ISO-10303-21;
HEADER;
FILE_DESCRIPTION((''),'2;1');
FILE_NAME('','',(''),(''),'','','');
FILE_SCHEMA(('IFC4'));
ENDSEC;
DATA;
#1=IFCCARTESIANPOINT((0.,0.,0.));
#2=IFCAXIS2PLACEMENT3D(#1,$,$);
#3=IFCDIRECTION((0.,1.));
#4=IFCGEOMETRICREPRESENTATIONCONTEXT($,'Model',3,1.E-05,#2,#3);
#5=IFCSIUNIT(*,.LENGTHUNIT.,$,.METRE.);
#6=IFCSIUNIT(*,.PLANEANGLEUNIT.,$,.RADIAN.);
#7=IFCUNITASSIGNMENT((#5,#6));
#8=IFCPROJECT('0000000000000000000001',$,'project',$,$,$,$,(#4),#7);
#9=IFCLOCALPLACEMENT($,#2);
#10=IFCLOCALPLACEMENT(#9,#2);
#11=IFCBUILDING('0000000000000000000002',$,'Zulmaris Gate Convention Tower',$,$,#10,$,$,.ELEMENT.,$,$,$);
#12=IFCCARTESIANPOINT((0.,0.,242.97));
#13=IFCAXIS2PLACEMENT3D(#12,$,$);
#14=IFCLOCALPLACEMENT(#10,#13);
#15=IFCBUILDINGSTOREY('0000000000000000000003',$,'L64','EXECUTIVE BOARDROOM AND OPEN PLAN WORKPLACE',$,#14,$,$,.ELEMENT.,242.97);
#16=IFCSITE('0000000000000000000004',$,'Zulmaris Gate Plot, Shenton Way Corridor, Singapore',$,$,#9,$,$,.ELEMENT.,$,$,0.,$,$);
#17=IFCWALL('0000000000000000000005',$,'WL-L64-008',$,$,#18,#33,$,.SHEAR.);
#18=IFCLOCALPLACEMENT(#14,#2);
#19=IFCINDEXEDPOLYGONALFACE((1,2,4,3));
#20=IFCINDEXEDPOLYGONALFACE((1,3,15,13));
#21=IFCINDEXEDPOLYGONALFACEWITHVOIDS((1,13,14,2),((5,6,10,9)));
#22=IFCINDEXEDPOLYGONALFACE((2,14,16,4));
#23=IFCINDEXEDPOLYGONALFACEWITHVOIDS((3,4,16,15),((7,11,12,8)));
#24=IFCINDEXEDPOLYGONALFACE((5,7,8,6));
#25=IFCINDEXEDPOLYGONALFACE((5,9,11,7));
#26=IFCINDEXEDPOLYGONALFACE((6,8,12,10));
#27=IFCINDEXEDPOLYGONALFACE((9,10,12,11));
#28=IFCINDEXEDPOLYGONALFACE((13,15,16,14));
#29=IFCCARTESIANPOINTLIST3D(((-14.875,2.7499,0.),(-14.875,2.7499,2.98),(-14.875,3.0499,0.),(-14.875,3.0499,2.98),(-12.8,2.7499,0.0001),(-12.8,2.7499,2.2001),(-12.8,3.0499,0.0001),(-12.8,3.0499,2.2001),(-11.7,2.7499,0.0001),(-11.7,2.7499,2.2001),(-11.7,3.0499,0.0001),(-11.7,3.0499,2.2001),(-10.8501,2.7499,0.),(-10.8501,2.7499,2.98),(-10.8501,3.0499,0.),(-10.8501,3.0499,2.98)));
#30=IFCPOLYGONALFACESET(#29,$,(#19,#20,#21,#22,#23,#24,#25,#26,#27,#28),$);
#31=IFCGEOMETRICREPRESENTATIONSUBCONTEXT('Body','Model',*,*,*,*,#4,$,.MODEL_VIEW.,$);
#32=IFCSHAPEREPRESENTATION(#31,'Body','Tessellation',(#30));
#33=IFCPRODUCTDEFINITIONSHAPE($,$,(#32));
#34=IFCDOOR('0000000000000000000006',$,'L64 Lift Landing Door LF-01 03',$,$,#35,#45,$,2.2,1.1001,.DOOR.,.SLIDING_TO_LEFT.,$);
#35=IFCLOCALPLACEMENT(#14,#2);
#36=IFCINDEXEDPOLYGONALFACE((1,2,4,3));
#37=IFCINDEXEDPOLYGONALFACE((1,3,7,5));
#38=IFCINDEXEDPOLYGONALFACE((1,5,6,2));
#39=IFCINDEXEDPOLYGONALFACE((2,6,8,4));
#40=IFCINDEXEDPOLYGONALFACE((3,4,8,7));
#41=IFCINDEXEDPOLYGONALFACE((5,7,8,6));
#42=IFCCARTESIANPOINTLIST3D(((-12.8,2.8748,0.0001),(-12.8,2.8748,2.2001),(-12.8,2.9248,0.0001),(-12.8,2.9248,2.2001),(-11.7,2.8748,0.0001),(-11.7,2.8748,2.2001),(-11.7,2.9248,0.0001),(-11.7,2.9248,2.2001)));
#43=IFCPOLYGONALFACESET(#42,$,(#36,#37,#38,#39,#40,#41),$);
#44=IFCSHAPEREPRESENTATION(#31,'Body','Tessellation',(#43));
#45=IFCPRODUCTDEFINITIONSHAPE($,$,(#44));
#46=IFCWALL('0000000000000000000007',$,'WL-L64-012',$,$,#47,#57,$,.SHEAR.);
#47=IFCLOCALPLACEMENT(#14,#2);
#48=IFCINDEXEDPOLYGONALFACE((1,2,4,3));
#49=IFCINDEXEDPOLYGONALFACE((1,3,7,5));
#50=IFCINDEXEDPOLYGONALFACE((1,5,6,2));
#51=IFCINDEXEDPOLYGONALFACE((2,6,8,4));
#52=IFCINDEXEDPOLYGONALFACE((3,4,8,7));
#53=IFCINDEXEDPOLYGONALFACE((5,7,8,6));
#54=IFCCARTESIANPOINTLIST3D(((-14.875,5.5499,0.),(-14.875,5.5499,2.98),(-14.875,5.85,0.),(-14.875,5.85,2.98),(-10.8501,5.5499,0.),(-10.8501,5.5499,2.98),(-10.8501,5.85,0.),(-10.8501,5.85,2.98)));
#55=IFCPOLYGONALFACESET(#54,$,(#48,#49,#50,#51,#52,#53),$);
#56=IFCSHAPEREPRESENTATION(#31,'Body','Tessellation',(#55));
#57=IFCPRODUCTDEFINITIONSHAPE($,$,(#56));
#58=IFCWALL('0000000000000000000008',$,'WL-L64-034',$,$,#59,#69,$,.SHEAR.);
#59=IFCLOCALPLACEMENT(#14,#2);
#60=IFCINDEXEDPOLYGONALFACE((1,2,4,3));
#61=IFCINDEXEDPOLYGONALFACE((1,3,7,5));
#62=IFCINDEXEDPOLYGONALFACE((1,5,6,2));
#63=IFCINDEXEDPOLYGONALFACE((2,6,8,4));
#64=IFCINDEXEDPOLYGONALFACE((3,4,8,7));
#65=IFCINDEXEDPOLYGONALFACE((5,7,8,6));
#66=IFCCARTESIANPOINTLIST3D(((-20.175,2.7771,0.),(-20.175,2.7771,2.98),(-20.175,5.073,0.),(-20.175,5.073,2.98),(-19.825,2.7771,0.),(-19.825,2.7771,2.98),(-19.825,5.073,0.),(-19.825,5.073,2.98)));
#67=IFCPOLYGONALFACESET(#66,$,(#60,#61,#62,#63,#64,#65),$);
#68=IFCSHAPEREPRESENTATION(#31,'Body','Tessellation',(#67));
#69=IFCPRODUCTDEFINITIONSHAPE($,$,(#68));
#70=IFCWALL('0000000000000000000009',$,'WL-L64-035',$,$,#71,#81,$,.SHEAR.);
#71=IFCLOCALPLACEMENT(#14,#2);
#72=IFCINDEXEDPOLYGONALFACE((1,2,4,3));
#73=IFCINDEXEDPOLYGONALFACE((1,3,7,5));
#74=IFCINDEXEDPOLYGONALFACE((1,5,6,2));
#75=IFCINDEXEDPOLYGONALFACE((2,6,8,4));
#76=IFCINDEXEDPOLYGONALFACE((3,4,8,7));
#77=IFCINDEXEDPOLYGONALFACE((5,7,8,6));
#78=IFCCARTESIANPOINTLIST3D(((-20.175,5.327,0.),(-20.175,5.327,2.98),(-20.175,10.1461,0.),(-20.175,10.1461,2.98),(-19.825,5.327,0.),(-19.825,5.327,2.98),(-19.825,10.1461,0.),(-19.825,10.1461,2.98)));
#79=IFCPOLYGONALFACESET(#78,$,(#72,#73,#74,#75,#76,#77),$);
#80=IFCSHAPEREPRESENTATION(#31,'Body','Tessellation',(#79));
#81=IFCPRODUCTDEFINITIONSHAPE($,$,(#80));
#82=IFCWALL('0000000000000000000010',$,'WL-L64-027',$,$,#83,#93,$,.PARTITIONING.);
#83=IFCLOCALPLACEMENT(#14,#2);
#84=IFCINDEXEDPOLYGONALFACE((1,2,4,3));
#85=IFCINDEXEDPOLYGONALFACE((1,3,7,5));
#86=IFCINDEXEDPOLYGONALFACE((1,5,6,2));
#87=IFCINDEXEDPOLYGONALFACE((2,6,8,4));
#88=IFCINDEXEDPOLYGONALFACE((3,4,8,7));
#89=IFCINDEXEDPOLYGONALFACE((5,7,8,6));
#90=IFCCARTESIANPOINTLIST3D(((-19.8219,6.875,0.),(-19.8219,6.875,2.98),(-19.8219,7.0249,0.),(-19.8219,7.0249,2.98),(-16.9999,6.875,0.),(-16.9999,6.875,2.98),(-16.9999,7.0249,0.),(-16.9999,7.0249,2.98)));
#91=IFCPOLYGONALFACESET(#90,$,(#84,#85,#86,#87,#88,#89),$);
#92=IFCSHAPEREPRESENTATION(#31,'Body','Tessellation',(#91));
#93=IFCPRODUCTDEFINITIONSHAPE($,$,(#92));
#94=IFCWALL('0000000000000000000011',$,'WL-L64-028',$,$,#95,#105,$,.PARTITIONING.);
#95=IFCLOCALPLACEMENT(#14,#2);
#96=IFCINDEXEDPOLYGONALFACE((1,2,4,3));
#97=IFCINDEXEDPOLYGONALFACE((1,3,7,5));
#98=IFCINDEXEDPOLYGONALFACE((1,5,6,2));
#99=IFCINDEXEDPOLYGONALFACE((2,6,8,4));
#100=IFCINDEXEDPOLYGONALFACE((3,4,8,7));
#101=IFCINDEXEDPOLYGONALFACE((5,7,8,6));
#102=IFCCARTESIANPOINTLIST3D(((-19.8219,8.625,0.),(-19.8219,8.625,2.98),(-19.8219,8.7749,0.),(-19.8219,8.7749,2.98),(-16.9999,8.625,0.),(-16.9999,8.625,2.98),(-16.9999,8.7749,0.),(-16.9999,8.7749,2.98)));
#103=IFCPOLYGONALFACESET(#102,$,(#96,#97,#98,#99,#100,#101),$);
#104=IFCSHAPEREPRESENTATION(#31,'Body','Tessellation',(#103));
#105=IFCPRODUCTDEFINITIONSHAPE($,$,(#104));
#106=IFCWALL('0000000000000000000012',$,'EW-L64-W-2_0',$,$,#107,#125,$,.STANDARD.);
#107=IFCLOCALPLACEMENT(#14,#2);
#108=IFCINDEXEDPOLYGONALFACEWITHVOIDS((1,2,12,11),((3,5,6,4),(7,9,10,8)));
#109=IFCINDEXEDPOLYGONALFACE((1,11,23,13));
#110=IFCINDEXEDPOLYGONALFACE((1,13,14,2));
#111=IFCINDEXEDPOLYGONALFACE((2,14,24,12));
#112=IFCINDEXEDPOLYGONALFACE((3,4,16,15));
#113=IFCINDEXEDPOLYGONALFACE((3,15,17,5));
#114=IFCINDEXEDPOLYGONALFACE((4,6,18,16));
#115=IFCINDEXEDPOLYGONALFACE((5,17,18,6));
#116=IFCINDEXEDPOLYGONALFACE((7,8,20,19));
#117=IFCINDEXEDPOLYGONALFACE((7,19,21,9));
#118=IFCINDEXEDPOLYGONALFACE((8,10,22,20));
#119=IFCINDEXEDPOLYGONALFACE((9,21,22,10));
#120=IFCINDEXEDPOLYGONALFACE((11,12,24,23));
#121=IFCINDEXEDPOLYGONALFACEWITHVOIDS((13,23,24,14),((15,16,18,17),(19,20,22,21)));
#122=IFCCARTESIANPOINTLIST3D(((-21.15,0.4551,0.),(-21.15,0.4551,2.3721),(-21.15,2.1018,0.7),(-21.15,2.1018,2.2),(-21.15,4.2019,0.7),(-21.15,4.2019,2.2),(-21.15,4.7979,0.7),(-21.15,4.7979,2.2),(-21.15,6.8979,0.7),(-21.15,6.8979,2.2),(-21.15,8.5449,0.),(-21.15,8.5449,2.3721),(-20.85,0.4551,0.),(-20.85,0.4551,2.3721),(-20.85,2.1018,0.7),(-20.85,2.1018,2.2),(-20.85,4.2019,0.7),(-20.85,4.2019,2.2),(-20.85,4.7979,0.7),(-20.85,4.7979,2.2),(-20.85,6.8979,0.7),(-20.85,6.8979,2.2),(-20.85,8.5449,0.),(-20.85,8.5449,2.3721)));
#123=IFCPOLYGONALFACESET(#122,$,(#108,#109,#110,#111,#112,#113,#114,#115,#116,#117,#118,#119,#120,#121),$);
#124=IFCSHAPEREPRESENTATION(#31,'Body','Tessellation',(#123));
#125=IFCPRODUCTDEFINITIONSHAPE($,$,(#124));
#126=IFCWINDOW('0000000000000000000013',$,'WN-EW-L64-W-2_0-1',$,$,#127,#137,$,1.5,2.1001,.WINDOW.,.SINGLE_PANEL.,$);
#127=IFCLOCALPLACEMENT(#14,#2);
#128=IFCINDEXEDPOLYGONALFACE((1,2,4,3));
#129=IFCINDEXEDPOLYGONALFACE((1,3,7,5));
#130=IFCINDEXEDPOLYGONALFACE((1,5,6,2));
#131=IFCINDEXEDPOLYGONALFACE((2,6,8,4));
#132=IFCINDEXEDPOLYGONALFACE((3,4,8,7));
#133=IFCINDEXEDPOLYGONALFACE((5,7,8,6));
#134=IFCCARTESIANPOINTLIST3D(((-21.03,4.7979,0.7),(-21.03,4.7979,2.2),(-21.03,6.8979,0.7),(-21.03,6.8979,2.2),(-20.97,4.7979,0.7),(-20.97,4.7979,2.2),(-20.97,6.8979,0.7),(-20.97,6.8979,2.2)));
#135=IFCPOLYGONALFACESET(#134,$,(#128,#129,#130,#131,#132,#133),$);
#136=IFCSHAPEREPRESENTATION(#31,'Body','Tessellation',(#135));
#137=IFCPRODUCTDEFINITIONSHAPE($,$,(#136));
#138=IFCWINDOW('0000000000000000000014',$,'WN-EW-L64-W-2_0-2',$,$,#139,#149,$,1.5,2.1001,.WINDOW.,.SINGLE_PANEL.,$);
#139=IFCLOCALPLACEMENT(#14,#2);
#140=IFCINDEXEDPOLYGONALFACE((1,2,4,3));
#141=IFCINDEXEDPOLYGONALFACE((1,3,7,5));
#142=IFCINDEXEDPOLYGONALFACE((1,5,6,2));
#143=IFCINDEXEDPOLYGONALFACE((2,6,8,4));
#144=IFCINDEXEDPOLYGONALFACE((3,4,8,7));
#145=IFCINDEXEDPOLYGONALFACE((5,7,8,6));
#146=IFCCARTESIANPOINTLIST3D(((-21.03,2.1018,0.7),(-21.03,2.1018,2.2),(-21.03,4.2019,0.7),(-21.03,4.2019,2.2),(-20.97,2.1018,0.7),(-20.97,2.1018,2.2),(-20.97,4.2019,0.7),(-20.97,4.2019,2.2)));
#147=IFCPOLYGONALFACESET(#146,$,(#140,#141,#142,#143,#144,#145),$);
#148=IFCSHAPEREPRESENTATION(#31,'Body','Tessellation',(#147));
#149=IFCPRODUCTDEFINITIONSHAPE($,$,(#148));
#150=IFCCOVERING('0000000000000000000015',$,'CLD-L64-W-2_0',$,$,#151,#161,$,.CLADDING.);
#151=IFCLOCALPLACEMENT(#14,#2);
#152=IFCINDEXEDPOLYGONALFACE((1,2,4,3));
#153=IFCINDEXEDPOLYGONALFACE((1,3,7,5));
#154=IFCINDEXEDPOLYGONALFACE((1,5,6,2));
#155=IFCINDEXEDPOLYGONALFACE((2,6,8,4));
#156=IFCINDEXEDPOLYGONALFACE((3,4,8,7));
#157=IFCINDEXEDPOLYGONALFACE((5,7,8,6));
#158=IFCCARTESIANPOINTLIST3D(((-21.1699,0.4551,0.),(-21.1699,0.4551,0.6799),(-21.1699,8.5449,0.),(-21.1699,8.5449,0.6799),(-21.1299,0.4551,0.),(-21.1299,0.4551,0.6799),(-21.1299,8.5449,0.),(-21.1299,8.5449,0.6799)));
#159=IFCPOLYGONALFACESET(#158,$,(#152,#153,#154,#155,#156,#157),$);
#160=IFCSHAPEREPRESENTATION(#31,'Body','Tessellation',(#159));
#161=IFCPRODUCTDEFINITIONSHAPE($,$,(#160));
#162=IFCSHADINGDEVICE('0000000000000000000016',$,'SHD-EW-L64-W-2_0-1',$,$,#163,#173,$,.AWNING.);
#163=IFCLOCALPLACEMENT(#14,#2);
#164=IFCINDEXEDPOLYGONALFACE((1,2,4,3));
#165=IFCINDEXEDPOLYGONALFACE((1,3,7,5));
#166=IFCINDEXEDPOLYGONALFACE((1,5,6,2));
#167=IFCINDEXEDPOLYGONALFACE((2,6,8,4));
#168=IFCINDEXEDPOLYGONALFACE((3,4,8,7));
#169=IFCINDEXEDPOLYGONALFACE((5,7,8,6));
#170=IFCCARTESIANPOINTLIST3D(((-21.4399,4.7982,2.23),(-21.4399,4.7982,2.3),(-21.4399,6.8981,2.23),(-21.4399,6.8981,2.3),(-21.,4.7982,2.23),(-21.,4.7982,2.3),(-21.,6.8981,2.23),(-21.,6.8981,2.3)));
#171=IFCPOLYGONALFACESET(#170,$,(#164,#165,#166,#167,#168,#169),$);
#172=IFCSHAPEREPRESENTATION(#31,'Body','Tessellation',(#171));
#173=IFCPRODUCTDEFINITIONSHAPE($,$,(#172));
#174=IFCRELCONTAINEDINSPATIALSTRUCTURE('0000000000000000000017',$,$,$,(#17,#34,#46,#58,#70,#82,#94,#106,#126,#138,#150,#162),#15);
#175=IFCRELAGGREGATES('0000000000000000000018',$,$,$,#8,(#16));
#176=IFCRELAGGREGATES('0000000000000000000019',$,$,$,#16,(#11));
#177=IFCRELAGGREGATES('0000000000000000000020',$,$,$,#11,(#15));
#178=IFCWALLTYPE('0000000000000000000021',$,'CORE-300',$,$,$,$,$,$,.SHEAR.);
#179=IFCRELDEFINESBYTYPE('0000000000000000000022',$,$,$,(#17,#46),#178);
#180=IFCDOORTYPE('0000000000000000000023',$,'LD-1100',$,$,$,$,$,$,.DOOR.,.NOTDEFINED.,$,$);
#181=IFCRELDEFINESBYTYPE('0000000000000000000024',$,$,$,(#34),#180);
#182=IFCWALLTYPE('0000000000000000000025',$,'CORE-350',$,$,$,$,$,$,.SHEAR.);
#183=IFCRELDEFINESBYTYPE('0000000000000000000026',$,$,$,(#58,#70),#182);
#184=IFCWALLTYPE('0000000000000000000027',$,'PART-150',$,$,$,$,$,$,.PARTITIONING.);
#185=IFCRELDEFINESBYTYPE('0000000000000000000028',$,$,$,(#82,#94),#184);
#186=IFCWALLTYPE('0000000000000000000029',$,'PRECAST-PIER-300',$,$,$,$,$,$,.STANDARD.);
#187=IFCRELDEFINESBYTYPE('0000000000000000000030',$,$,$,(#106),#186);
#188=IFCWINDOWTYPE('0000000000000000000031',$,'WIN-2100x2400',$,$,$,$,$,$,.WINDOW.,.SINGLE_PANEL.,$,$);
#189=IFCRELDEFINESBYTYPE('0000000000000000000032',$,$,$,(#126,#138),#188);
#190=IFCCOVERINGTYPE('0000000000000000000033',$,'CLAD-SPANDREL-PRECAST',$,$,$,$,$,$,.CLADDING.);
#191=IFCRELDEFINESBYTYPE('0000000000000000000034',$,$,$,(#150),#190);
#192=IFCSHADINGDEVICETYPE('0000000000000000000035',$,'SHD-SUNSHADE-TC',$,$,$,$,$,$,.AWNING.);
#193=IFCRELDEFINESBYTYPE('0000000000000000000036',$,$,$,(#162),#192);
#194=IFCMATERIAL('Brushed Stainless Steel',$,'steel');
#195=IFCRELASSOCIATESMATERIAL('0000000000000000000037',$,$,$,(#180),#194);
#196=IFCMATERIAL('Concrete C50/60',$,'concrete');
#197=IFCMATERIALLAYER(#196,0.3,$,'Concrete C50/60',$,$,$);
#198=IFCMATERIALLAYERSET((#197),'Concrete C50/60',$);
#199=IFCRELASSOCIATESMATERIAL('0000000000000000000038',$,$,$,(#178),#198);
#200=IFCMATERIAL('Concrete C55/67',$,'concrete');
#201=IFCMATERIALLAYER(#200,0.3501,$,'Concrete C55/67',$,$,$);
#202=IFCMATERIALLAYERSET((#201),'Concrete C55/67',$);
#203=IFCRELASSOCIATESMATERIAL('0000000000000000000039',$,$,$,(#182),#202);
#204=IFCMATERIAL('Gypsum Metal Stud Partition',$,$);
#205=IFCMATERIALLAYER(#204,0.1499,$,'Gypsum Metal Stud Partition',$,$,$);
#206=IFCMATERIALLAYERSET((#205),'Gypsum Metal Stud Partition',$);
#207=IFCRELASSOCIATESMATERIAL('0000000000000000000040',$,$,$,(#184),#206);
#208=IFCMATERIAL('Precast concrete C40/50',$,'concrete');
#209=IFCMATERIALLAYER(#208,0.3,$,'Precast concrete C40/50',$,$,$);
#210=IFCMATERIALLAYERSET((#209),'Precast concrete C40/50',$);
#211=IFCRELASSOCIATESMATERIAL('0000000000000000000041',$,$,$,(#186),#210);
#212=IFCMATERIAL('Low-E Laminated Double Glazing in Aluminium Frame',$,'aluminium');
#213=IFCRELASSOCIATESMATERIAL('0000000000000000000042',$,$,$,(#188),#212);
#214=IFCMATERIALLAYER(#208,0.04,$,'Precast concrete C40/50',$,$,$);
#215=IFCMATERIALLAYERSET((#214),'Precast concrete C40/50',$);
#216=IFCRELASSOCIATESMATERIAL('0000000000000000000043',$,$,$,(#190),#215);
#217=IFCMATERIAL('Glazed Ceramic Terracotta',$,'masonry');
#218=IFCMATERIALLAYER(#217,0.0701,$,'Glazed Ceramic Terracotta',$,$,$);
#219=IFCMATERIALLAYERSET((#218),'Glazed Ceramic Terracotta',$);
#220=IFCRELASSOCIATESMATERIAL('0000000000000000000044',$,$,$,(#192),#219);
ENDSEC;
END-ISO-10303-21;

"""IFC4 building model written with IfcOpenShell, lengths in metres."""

from ifc_helpers import new_model, si_unit, direction, frame, frame_2d, origin, place, context, subcontext, project, spatial, rectangle, extrude, material, layer, layer_set, type_object, element, fill, save


model = new_model("IFC4")

# Units and contexts
model_context = context("Model", 3, precision=1e-05, world=origin(), true_north=direction((0.0, 1.0)))
body_context = subcontext(model_context, "Body", "Model", "MODEL_VIEW")
ifc_project = project(units=[si_unit("LENGTHUNIT", "METRE"), si_unit("PLANEANGLEUNIT", "RADIAN")], contexts=[model_context])

# Site, building, storey
site_placement = place(None, origin())
site = spatial("IfcSite", under=ifc_project, at=site_placement, Name="Zulmaris Gate Plot, Shenton Way Corridor, Singapore", CompositionType="ELEMENT", RefElevation=0.0)
building_placement = place(site_placement, origin())
building = spatial("IfcBuilding", under=site, at=building_placement, Name="Zulmaris Gate Convention Tower", CompositionType="ELEMENT")
storey_placement = place(building_placement, frame((0.0, 0.0, 242.97)))
storey = spatial("IfcBuildingStorey", under=building, at=storey_placement, Name="L64", Description="EXECUTIVE BOARDROOM AND OPEN PLAN WORKPLACE", CompositionType="ELEMENT", Elevation=242.97)

# Shared definitions
ifc_material_1 = material(Name="Concrete C50/60", Category="concrete")

# Wall, opening, door
ifc_material_2 = material(Name="Brushed Stainless Steel", Category="steel")
door_type_1 = type_object("IfcDoorType", Name="LD-1100", OperationType="NOTDEFINED", PredefinedType="DOOR", material=ifc_material_2)
ifc_layer_1 = layer(ifc_material_1, 0.3, Name="Concrete C50/60")
ifc_layer_set_1 = layer_set([ifc_layer_1], Name="Concrete C50/60")
wall_type_1 = type_object("IfcWallType", Name="CORE-300", PredefinedType="SHEAR", material=ifc_layer_set_1)
wall_1_placement = place(storey_placement, frame((-14.875, 2.8999, 0.0), z_axis=(0.0, 0.0, 1.0), x_axis=(1.0, 0.0, 0.0)))
wall_1 = element("IfcWall", 1, at=wall_1_placement, inside=storey, type_object=wall_type_1, Name="WL-L64-008", PredefinedType="SHEAR", context=body_context, shape_type="SweptSolid", body=[
    extrude(rectangle(XDim=4.0249, YDim=0.3, at=frame_2d((2.0125, 0.0))), origin(), (0.0, 0.0, 1.0), 2.98),
])
opening_1_placement = place(wall_1_placement, frame((2.075, 0.0, 0.0)))
opening_1 = element("IfcOpeningElement", 2, at=opening_1_placement, cuts=wall_1, PredefinedType="OPENING", context=body_context, shape_type="SweptSolid", body=[
    extrude(rectangle(XDim=1.1001, YDim=2.2, at=frame_2d((0.55, 1.1001))), frame((0.0, 0.1602, 0.0), z_axis=(0.0, -1.0, 0.0), x_axis=(1.0, 0.0, 0.0)), (0.0, 0.0, 1.0), 0.3201),
])
door_1_placement = place(opening_1_placement, origin())
door_1 = element("IfcDoor", 3, at=door_1_placement, inside=storey, type_object=door_type_1, Name="L64 Lift Landing Door LF-01 03", OperationType="SLIDING_TO_LEFT", OverallHeight=2.2, OverallWidth=1.1001, PredefinedType="DOOR", context=body_context, shape_type="SweptSolid", body=[
    extrude(rectangle(XDim=1.1001, YDim=2.2, at=frame_2d((0.55, 1.1001))), frame((0.0, 0.0249, 0.0), z_axis=(0.0, -1.0, 0.0), x_axis=(1.0, 0.0, 0.0)), (0.0, 0.0, 1.0), 0.05),
])
fill(opening_1, door_1)

# Walls
wall_2_placement = place(storey_placement, frame((-14.875, 5.7, 0.0), z_axis=(0.0, 0.0, 1.0), x_axis=(1.0, 0.0, 0.0)))
element("IfcWall", 4, at=wall_2_placement, inside=storey, type_object=wall_type_1, Name="WL-L64-012", PredefinedType="SHEAR", context=body_context, shape_type="SweptSolid", body=[
    extrude(rectangle(XDim=4.0249, YDim=0.3, at=frame_2d((2.0125, 0.0))), origin(), (0.0, 0.0, 1.0), 2.98),
])
ifc_material_3 = material(Name="Concrete C55/67", Category="concrete")
ifc_layer_2 = layer(ifc_material_3, 0.3501, Name="Concrete C55/67")
ifc_layer_set_2 = layer_set([ifc_layer_2], Name="Concrete C55/67")
wall_type_2 = type_object("IfcWallType", Name="CORE-350", PredefinedType="SHEAR", material=ifc_layer_set_2)
wall_3_placement = place(storey_placement, frame((-20.0, 2.7771, 0.0), z_axis=(0.0, 0.0, 1.0), x_axis=(0.0, 1.0, 0.0)))
element("IfcWall", 5, at=wall_3_placement, inside=storey, type_object=wall_type_2, Name="WL-L64-034", PredefinedType="SHEAR", context=body_context, shape_type="SweptSolid", body=[
    extrude(rectangle(XDim=2.2959, YDim=0.3501, at=frame_2d((1.1479, 0.0))), origin(), (0.0, 0.0, 1.0), 2.98),
])
wall_4_placement = place(storey_placement, frame((-20.0, 5.3269, 0.0), z_axis=(0.0, 0.0, 1.0), x_axis=(0.0, 1.0, 0.0)))
element("IfcWall", 6, at=wall_4_placement, inside=storey, type_object=wall_type_2, Name="WL-L64-035", PredefinedType="SHEAR", context=body_context, shape_type="SweptSolid", body=[
    extrude(rectangle(XDim=4.8191, YDim=0.3501, at=frame_2d((2.4097, 0.0))), origin(), (0.0, 0.0, 1.0), 2.98),
])
ifc_material_4 = material(Name="Gypsum Metal Stud Partition")
ifc_layer_3 = layer(ifc_material_4, 0.1499, Name="Gypsum Metal Stud Partition")
ifc_layer_set_3 = layer_set([ifc_layer_3], Name="Gypsum Metal Stud Partition")
wall_type_3 = type_object("IfcWallType", Name="PART-150", PredefinedType="PARTITIONING", material=ifc_layer_set_3)
for number, where, z_axis, x_axis, name in (
    (7, (-19.822, 6.95, 0.0), (0.0, 0.0, 1.0), (1.0, 0.0, 0.0), "WL-L64-027"),
    (8, (-19.822, 8.7, 0.0), (0.0, 0.0, 1.0), (1.0, 0.0, 0.0), "WL-L64-028"),
):
    element("IfcWall", number, at=place(storey_placement, frame(where, z_axis=z_axis, x_axis=x_axis)), inside=storey, type_object=wall_type_3, Name=name, PredefinedType="PARTITIONING", context=body_context, shape_type="SweptSolid", body=[
        extrude(rectangle(XDim=2.822, YDim=0.1499, at=frame_2d((1.4111, 0.0))), origin(), (0.0, 0.0, 1.0), 2.98),
    ])

# Wall, openings, windows
ifc_material_5 = material(Name="Precast concrete C40/50", Category="concrete")
ifc_layer_4 = layer(ifc_material_5, 0.3, Name="Precast concrete C40/50")
ifc_layer_set_4 = layer_set([ifc_layer_4], Name="Precast concrete C40/50")
wall_type_4 = type_object("IfcWallType", Name="PRECAST-PIER-300", PredefinedType="STANDARD", material=ifc_layer_set_4)
wall_5_placement = place(storey_placement, frame((-21.0, 8.5449, 0.0), z_axis=(0.0, 0.0, 1.0), x_axis=(0.0, -1.0, 0.0)))
wall_5 = element("IfcWall", 9, at=wall_5_placement, inside=storey, type_object=wall_type_4, Name="EW-L64-W-2_0", PredefinedType="STANDARD", context=body_context, shape_type="SweptSolid", body=[
    extrude(rectangle(XDim=8.0898, YDim=0.3, at=frame_2d((4.0449, 0.0))), origin(), (0.0, 0.0, 1.0), 2.3721),
])
opening_2_placement = place(wall_5_placement, frame((1.647, 0.0, 0.7)))
opening_2 = element("IfcOpeningElement", 10, at=opening_2_placement, cuts=wall_5, PredefinedType="OPENING", context=body_context, shape_type="SweptSolid", body=[
    extrude(rectangle(XDim=2.1001, YDim=1.5, at=frame_2d((1.05, 0.75))), frame((0.0, 0.1602, 0.0), z_axis=(0.0, -1.0, 0.0), x_axis=(1.0, 0.0, 0.0)), (0.0, 0.0, 1.0), 0.3201),
])
opening_3_placement = place(wall_5_placement, frame((4.343, 0.0, 0.7)))
opening_3 = element("IfcOpeningElement", 11, at=opening_3_placement, cuts=wall_5, PredefinedType="OPENING", context=body_context, shape_type="SweptSolid", body=[
    extrude(rectangle(XDim=2.1001, YDim=1.5, at=frame_2d((1.05, 0.75))), frame((0.0, 0.1602, 0.0), z_axis=(0.0, -1.0, 0.0), x_axis=(1.0, 0.0, 0.0)), (0.0, 0.0, 1.0), 0.3201),
])
ifc_material_6 = material(Name="Low-E Laminated Double Glazing in Aluminium Frame", Category="aluminium")
window_type = type_object("IfcWindowType", Name="WIN-2100x2400", PartitioningType="SINGLE_PANEL", PredefinedType="WINDOW", material=ifc_material_6)
window_1_placement = place(opening_2_placement, origin())
window_1 = element("IfcWindow", 12, at=window_1_placement, inside=storey, type_object=window_type, Name="WN-EW-L64-W-2_0-1", OverallHeight=1.5, OverallWidth=2.1001, PartitioningType="SINGLE_PANEL", PredefinedType="WINDOW", context=body_context, shape_type="SweptSolid", body=[
    extrude(rectangle(XDim=2.1001, YDim=1.5, at=frame_2d((1.05, 0.75))), frame((0.0, 0.03, 0.0), z_axis=(0.0, -1.0, 0.0), x_axis=(1.0, 0.0, 0.0)), (0.0, 0.0, 1.0), 0.0601),
])
fill(opening_2, window_1)
window_2_placement = place(opening_3_placement, origin())
window_2 = element("IfcWindow", 13, at=window_2_placement, inside=storey, type_object=window_type, Name="WN-EW-L64-W-2_0-2", OverallHeight=1.5, OverallWidth=2.1001, PartitioningType="SINGLE_PANEL", PredefinedType="WINDOW", context=body_context, shape_type="SweptSolid", body=[
    extrude(rectangle(XDim=2.1001, YDim=1.5, at=frame_2d((1.05, 0.75))), frame((0.0, 0.03, 0.0), z_axis=(0.0, -1.0, 0.0), x_axis=(1.0, 0.0, 0.0)), (0.0, 0.0, 1.0), 0.0601),
])
fill(opening_3, window_2)

# Covering
ifc_layer_5 = layer(ifc_material_5, 0.04, Name="Precast concrete C40/50")
ifc_layer_set_5 = layer_set([ifc_layer_5], Name="Precast concrete C40/50")
covering_type = type_object("IfcCoveringType", Name="CLAD-SPANDREL-PRECAST", PredefinedType="CLADDING", material=ifc_layer_set_5)
covering_placement = place(storey_placement, frame((-21.1499, 8.5449, 0.0), z_axis=(0.0, 0.0, 1.0), x_axis=(0.0, -1.0, 0.0)))
element("IfcCovering", 14, at=covering_placement, inside=storey, type_object=covering_type, Name="CLD-L64-W-2_0", PredefinedType="CLADDING", context=body_context, shape_type="SweptSolid", body=[
    extrude(rectangle(XDim=8.0898, YDim=0.04, at=frame_2d((4.0449, 0.0))), origin(), (0.0, 0.0, 1.0), 0.6799),
])

# Shading device
ifc_material_7 = material(Name="Glazed Ceramic Terracotta", Category="masonry")
ifc_layer_6 = layer(ifc_material_7, 0.0701, Name="Glazed Ceramic Terracotta")
ifc_layer_set_6 = layer_set([ifc_layer_6], Name="Glazed Ceramic Terracotta")
shading_device_type = type_object("IfcShadingDeviceType", Name="SHD-SUNSHADE-TC", PredefinedType="AWNING", material=ifc_layer_set_6)
for number, where, z_axis, x_axis, name in (
    (15, (-21.22, 6.8979, 2.23), (0.0, 0.0, 1.0), (0.0, -1.0, 0.0), "SHD-EW-L64-W-2_0-1"),
):
    element("IfcShadingDevice", number, at=place(storey_placement, frame(where, z_axis=z_axis, x_axis=x_axis)), inside=storey, type_object=shading_device_type, Name=name, PredefinedType="AWNING", context=body_context, shape_type="SweptSolid", body=[
        extrude(rectangle(XDim=2.0999, YDim=0.4399, at=frame_2d((1.0498, 0.0))), origin(), (0.0, 0.0, 1.0), 0.0701),
    ])

save(model, "model.ifc")
